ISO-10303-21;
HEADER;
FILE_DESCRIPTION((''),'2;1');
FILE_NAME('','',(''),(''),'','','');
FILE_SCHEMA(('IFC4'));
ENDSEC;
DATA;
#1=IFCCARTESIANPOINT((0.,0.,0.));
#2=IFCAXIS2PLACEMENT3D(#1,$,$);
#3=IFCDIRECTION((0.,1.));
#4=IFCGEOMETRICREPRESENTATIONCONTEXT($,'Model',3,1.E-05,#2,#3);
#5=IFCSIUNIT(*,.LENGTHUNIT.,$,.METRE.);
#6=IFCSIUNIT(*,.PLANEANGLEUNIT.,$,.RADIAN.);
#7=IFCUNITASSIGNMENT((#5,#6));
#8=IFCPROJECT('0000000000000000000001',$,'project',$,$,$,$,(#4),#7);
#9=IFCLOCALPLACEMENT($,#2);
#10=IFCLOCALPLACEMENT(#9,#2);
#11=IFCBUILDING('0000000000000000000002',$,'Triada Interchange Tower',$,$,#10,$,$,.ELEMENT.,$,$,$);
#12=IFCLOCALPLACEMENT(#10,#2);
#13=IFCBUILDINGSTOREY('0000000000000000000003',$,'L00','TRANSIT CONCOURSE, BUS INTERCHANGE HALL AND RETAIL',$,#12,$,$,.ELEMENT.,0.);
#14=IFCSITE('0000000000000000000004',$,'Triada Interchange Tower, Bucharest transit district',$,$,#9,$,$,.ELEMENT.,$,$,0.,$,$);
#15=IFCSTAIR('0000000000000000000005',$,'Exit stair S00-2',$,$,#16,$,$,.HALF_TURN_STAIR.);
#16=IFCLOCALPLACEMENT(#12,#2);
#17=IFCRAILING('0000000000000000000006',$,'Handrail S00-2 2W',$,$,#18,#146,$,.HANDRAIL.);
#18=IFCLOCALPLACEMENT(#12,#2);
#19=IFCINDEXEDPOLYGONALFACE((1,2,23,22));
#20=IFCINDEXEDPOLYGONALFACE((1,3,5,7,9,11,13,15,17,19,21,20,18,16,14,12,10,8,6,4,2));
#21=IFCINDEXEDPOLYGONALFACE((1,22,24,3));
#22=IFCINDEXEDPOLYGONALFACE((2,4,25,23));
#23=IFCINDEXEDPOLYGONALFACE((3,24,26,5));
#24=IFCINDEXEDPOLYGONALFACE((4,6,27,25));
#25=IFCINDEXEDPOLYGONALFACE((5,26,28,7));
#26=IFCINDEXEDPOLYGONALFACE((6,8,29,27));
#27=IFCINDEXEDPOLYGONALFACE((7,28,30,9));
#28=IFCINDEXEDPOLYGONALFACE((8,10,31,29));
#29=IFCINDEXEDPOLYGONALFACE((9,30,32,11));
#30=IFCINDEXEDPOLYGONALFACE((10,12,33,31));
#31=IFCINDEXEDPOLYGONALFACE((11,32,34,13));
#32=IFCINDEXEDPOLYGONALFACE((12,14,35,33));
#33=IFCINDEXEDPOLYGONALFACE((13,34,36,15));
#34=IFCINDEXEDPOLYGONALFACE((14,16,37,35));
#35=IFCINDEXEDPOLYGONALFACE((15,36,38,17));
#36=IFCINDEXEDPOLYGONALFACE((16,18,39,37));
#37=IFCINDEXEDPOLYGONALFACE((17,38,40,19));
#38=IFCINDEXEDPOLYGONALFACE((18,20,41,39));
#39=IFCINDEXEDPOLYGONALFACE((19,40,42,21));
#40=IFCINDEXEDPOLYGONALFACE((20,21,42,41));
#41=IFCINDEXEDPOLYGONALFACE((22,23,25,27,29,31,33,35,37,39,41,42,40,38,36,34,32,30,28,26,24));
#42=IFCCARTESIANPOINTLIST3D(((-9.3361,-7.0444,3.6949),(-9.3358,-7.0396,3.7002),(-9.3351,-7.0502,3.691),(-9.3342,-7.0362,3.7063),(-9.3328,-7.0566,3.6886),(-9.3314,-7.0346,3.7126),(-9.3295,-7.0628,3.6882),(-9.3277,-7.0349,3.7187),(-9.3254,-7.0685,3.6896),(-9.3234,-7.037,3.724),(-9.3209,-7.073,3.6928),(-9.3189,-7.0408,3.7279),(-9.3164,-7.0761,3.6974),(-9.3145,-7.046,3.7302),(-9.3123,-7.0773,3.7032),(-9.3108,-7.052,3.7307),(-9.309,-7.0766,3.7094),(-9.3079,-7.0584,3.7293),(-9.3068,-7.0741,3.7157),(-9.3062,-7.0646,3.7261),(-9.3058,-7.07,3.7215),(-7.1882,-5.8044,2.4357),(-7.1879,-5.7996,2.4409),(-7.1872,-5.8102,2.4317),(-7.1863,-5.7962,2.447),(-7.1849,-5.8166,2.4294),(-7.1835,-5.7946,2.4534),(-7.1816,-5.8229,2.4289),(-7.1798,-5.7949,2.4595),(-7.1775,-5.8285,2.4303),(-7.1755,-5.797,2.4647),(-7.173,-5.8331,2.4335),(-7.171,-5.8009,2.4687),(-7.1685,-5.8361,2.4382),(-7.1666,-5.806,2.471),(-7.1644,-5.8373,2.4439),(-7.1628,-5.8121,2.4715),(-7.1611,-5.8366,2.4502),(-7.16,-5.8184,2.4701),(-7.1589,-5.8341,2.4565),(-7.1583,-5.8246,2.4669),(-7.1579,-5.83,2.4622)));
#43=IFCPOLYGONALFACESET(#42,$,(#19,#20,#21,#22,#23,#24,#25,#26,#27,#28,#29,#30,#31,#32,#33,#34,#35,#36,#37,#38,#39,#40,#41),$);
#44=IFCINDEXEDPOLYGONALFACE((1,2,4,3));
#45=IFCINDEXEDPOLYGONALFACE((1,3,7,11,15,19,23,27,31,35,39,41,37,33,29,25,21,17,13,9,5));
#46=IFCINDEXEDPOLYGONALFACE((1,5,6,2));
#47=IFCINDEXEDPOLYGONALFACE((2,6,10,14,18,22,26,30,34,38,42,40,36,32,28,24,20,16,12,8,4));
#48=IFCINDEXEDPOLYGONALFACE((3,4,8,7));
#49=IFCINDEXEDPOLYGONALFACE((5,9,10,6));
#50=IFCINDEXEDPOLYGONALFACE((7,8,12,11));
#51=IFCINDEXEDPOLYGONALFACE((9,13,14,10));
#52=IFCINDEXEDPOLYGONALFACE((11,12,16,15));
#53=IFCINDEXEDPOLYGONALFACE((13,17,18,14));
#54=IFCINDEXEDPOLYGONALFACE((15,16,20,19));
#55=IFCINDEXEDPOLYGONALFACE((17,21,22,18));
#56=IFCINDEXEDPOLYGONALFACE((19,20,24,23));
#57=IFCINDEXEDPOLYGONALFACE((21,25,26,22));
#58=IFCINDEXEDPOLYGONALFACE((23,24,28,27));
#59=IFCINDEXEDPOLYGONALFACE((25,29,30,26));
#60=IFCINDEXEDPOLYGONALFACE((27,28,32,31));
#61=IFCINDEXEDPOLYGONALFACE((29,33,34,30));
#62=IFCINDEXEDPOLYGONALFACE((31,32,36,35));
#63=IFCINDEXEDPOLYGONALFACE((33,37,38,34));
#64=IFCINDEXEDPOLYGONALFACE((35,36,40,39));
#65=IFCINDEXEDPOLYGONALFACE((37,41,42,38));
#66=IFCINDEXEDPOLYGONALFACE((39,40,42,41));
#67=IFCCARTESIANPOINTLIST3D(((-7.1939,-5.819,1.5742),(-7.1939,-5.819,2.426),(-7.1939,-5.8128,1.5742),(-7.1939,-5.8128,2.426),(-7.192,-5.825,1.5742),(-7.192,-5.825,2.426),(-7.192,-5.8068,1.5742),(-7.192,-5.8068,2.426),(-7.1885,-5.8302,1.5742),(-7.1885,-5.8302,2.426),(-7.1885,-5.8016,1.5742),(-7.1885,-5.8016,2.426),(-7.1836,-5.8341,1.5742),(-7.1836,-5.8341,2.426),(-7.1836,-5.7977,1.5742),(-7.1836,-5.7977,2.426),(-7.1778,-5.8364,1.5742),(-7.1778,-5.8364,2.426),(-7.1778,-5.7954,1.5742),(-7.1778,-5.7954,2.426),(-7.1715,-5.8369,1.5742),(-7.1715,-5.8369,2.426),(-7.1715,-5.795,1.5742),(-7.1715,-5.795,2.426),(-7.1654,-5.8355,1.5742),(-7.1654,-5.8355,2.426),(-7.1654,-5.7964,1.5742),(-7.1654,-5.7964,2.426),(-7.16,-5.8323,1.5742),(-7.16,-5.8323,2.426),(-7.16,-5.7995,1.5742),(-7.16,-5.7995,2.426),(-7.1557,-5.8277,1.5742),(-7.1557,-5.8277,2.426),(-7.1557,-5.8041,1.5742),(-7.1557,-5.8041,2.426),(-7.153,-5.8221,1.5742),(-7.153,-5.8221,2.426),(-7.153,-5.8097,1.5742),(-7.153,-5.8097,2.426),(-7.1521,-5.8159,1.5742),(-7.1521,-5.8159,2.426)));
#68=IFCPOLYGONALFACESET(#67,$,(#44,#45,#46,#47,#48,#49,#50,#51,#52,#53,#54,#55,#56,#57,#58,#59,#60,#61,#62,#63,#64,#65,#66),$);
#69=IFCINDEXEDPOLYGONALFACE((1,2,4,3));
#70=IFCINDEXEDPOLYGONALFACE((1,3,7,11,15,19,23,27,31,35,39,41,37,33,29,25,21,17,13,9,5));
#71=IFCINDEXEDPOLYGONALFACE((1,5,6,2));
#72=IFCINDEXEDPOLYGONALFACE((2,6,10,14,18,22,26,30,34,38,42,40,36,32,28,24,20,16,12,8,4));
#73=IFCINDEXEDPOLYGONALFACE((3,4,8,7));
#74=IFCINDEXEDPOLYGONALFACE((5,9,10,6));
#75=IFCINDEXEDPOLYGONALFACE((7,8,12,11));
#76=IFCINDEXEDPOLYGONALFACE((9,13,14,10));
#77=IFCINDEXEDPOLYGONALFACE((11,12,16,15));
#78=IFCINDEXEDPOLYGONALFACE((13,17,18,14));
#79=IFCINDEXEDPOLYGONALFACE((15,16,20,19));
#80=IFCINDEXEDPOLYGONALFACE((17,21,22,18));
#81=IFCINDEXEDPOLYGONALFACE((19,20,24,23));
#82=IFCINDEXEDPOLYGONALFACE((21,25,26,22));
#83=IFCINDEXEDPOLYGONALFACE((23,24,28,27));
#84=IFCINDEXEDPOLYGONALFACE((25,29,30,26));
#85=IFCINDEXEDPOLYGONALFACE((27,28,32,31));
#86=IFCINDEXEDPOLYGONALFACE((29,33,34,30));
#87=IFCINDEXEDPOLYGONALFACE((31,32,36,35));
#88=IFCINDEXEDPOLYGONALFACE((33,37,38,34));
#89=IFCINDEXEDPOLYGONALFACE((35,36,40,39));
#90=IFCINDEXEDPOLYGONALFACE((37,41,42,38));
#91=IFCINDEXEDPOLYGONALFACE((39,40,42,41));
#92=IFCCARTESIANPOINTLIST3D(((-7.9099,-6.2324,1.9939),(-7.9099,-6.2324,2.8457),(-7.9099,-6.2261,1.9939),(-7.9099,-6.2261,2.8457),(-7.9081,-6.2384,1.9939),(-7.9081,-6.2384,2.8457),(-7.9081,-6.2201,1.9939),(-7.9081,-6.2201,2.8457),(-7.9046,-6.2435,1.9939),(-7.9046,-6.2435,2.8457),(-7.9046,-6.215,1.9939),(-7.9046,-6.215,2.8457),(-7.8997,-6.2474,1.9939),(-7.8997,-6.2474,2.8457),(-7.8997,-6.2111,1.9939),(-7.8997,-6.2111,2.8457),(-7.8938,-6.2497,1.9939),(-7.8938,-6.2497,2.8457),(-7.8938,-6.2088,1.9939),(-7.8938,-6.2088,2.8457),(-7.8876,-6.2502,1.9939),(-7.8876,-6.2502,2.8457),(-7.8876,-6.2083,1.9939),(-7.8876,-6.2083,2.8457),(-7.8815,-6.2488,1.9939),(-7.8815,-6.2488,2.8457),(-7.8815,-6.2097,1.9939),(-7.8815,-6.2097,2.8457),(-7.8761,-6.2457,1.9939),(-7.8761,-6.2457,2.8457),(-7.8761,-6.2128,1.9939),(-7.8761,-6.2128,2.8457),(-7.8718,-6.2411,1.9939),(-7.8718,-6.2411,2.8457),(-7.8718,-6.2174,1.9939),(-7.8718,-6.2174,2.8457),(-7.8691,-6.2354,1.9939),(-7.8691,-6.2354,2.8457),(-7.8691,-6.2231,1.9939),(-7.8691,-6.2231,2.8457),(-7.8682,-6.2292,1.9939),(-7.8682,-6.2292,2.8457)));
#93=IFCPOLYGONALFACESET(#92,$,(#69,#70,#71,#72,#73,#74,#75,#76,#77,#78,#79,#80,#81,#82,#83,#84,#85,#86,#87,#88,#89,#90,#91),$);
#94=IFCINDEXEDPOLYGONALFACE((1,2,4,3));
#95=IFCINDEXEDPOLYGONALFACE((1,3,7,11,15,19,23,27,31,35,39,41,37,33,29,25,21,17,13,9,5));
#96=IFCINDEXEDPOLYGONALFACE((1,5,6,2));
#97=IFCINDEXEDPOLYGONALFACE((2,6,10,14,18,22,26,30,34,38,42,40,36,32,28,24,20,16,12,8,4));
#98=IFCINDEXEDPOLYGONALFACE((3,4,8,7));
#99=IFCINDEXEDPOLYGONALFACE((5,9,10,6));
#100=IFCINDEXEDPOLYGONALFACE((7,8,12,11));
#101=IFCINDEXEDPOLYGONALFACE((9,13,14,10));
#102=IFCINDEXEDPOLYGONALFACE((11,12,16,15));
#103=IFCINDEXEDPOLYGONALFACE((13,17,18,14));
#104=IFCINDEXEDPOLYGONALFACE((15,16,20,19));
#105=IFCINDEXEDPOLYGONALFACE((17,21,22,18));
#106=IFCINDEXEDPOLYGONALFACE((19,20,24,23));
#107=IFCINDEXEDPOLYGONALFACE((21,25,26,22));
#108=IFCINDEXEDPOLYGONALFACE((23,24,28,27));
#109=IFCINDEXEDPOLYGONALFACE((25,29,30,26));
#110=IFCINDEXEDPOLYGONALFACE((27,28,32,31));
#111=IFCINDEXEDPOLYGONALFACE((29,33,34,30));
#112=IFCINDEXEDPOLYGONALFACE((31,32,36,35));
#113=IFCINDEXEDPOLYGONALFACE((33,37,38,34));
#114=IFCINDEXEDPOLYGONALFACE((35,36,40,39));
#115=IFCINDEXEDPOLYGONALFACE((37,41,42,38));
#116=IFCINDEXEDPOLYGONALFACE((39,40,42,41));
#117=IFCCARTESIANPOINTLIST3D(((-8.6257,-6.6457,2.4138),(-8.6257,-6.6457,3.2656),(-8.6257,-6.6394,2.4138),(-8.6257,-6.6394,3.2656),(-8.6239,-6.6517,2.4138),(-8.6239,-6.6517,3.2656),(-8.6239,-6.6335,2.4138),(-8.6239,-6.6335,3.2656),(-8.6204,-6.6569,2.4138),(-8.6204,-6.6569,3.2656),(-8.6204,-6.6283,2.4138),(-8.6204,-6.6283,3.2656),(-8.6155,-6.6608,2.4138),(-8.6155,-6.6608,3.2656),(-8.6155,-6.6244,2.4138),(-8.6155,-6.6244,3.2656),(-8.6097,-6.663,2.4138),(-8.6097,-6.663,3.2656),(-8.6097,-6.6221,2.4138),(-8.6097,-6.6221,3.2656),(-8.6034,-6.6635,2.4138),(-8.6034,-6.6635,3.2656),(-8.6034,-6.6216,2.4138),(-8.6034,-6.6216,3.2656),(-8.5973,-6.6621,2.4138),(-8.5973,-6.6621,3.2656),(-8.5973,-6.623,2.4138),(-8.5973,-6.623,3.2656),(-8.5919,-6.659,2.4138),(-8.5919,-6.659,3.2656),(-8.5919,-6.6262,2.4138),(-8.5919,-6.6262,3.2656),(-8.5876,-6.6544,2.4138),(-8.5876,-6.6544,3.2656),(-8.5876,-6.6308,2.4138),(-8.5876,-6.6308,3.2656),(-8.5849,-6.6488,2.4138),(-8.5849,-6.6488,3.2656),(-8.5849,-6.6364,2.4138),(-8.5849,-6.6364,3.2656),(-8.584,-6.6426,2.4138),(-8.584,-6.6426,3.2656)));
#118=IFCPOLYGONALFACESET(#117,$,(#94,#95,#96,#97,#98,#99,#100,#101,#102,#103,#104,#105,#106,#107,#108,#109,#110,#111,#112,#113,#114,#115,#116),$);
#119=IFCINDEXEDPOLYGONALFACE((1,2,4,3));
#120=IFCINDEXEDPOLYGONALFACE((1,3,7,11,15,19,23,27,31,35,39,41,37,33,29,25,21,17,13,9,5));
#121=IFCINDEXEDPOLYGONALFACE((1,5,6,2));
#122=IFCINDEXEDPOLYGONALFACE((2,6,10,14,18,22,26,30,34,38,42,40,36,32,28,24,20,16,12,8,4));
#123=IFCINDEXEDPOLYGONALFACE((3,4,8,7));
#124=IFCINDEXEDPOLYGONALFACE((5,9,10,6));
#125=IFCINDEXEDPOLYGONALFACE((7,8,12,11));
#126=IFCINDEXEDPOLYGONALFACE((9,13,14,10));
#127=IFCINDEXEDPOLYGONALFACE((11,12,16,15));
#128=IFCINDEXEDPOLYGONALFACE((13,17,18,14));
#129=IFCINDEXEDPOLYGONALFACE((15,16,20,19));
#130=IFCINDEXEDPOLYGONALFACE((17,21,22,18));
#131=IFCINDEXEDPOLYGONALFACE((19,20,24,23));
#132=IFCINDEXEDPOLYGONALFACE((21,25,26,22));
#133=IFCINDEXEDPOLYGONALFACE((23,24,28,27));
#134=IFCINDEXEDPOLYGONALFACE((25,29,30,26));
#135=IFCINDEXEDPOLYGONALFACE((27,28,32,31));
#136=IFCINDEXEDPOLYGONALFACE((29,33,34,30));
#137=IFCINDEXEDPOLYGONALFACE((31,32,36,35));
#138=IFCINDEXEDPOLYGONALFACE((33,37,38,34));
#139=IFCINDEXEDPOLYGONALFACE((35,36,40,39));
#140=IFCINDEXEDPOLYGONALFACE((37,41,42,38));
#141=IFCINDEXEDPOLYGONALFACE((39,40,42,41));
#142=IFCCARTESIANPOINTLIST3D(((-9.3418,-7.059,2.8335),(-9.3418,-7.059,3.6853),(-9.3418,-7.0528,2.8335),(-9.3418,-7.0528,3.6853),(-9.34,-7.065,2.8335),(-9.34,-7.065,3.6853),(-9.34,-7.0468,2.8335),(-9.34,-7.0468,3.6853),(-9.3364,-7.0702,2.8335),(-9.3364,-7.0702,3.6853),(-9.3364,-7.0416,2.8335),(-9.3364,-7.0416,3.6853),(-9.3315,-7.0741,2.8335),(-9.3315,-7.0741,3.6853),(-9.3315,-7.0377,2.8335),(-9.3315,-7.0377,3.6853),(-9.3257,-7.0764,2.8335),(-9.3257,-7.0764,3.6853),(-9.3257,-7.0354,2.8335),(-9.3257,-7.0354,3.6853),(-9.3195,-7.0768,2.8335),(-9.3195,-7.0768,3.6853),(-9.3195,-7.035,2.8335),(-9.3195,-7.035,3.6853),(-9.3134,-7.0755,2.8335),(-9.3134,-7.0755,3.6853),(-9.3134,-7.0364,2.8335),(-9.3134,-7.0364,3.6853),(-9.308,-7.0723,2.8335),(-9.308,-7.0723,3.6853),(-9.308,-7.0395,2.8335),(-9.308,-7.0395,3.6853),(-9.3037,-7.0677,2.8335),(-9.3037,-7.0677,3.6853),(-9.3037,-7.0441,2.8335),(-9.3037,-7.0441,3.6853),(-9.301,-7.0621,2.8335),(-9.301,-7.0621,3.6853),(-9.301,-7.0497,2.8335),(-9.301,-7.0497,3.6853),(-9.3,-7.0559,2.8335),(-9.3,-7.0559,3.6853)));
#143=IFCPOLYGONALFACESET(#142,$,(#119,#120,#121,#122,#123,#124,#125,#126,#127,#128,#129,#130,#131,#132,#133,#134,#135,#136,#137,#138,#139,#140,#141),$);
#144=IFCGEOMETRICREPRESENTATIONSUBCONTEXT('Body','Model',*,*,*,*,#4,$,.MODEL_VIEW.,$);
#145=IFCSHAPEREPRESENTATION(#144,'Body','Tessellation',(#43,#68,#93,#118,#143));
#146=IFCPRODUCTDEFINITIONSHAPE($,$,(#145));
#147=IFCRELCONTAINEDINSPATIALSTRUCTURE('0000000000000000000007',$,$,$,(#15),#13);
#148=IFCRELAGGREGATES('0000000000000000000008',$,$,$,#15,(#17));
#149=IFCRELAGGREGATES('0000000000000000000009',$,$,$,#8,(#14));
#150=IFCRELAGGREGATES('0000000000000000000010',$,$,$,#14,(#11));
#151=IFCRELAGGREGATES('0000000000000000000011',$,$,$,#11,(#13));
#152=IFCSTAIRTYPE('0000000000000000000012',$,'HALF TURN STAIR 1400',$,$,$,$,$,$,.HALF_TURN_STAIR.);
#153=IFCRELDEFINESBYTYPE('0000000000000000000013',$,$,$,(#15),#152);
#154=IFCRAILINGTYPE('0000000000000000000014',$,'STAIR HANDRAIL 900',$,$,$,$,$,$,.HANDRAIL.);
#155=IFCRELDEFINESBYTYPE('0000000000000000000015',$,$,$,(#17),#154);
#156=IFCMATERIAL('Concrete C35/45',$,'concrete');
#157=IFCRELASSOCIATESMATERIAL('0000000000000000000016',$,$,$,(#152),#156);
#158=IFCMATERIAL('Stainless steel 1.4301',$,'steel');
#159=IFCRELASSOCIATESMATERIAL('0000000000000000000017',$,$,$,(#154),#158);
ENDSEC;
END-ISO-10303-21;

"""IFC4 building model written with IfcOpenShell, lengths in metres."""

from ifc_helpers import new_model, si_unit, direction, frame, origin, origin_2d, place, context, subcontext, project, spatial, circle, extrude, material, type_object, element, aggregate, save


model = new_model("IFC4")

# Units and contexts
model_context = context("Model", 3, precision=1e-05, world=origin(), true_north=direction((0.0, 1.0)))
body_context = subcontext(model_context, "Body", "Model", "MODEL_VIEW")
ifc_project = project(units=[si_unit("LENGTHUNIT", "METRE"), si_unit("PLANEANGLEUNIT", "RADIAN")], contexts=[model_context])

# Site, building, storey
site_placement = place(None, origin())
site = spatial("IfcSite", under=ifc_project, at=site_placement, Name="Triada Interchange Tower, Bucharest transit district", CompositionType="ELEMENT", RefElevation=0.0)
building_placement = place(site_placement, origin())
building = spatial("IfcBuilding", under=site, at=building_placement, Name="Triada Interchange Tower", CompositionType="ELEMENT")
storey_placement = place(building_placement, origin())
storey = spatial("IfcBuildingStorey", under=building, at=storey_placement, Name="L00", Description="TRANSIT CONCOURSE, BUS INTERCHANGE HALL AND RETAIL", CompositionType="ELEMENT", Elevation=0.0)

# Shared definitions
ifc_material_1 = material(Name="Concrete C35/45", Category="concrete")

# Stair, railing
stair_type = type_object("IfcStairType", Name="HALF TURN STAIR 1400", PredefinedType="HALF_TURN_STAIR", material=ifc_material_1)
stair_placement = place(storey_placement, origin())
stair = element("IfcStair", 1, at=stair_placement, inside=storey, type_object=stair_type, Name="Exit stair S00-2", PredefinedType="HALF_TURN_STAIR")
ifc_material_2 = material(Name="Stainless steel 1.4301", Category="steel")
railing_type_1 = type_object("IfcRailingType", Name="STAIR HANDRAIL 900", PredefinedType="HANDRAIL", material=ifc_material_2)
railing_1_placement = place(storey_placement, frame((-7.1731, -5.8159, 1.5742)))
railing_1 = element("IfcRailing", 2, at=railing_1_placement, type_object=railing_type_1, Name="Handrail S00-2 2W", PredefinedType="HANDRAIL", context=body_context, shape_type="SweptSolid", body=[
    extrude(circle(Radius=0.0239, at=origin_2d()), frame((0.0, 0.0, 0.876), z_axis=(-0.772212, -0.445791, 0.452724), x_axis=(0.499961, -0.866048, 0.0)), (0.0, 0.0, 1.0), 2.7815),
    extrude(circle(Radius=0.021, at=origin_2d()), origin(), (0.0, 0.0, 1.0), 0.8518),
    extrude(circle(Radius=0.021, at=origin_2d()), frame((-0.7161, -0.4133, 0.4197)), (0.0, 0.0, 1.0), 0.8518),
    extrude(circle(Radius=0.021, at=origin_2d()), frame((-1.4319, -0.8267, 0.8396)), (0.0, 0.0, 1.0), 0.8518),
    extrude(circle(Radius=0.021, at=origin_2d()), frame((-2.1479, -1.24, 1.2593)), (0.0, 0.0, 1.0), 0.8518),
])
aggregate(stair, [railing_1])

save(model, "model.ifc")
